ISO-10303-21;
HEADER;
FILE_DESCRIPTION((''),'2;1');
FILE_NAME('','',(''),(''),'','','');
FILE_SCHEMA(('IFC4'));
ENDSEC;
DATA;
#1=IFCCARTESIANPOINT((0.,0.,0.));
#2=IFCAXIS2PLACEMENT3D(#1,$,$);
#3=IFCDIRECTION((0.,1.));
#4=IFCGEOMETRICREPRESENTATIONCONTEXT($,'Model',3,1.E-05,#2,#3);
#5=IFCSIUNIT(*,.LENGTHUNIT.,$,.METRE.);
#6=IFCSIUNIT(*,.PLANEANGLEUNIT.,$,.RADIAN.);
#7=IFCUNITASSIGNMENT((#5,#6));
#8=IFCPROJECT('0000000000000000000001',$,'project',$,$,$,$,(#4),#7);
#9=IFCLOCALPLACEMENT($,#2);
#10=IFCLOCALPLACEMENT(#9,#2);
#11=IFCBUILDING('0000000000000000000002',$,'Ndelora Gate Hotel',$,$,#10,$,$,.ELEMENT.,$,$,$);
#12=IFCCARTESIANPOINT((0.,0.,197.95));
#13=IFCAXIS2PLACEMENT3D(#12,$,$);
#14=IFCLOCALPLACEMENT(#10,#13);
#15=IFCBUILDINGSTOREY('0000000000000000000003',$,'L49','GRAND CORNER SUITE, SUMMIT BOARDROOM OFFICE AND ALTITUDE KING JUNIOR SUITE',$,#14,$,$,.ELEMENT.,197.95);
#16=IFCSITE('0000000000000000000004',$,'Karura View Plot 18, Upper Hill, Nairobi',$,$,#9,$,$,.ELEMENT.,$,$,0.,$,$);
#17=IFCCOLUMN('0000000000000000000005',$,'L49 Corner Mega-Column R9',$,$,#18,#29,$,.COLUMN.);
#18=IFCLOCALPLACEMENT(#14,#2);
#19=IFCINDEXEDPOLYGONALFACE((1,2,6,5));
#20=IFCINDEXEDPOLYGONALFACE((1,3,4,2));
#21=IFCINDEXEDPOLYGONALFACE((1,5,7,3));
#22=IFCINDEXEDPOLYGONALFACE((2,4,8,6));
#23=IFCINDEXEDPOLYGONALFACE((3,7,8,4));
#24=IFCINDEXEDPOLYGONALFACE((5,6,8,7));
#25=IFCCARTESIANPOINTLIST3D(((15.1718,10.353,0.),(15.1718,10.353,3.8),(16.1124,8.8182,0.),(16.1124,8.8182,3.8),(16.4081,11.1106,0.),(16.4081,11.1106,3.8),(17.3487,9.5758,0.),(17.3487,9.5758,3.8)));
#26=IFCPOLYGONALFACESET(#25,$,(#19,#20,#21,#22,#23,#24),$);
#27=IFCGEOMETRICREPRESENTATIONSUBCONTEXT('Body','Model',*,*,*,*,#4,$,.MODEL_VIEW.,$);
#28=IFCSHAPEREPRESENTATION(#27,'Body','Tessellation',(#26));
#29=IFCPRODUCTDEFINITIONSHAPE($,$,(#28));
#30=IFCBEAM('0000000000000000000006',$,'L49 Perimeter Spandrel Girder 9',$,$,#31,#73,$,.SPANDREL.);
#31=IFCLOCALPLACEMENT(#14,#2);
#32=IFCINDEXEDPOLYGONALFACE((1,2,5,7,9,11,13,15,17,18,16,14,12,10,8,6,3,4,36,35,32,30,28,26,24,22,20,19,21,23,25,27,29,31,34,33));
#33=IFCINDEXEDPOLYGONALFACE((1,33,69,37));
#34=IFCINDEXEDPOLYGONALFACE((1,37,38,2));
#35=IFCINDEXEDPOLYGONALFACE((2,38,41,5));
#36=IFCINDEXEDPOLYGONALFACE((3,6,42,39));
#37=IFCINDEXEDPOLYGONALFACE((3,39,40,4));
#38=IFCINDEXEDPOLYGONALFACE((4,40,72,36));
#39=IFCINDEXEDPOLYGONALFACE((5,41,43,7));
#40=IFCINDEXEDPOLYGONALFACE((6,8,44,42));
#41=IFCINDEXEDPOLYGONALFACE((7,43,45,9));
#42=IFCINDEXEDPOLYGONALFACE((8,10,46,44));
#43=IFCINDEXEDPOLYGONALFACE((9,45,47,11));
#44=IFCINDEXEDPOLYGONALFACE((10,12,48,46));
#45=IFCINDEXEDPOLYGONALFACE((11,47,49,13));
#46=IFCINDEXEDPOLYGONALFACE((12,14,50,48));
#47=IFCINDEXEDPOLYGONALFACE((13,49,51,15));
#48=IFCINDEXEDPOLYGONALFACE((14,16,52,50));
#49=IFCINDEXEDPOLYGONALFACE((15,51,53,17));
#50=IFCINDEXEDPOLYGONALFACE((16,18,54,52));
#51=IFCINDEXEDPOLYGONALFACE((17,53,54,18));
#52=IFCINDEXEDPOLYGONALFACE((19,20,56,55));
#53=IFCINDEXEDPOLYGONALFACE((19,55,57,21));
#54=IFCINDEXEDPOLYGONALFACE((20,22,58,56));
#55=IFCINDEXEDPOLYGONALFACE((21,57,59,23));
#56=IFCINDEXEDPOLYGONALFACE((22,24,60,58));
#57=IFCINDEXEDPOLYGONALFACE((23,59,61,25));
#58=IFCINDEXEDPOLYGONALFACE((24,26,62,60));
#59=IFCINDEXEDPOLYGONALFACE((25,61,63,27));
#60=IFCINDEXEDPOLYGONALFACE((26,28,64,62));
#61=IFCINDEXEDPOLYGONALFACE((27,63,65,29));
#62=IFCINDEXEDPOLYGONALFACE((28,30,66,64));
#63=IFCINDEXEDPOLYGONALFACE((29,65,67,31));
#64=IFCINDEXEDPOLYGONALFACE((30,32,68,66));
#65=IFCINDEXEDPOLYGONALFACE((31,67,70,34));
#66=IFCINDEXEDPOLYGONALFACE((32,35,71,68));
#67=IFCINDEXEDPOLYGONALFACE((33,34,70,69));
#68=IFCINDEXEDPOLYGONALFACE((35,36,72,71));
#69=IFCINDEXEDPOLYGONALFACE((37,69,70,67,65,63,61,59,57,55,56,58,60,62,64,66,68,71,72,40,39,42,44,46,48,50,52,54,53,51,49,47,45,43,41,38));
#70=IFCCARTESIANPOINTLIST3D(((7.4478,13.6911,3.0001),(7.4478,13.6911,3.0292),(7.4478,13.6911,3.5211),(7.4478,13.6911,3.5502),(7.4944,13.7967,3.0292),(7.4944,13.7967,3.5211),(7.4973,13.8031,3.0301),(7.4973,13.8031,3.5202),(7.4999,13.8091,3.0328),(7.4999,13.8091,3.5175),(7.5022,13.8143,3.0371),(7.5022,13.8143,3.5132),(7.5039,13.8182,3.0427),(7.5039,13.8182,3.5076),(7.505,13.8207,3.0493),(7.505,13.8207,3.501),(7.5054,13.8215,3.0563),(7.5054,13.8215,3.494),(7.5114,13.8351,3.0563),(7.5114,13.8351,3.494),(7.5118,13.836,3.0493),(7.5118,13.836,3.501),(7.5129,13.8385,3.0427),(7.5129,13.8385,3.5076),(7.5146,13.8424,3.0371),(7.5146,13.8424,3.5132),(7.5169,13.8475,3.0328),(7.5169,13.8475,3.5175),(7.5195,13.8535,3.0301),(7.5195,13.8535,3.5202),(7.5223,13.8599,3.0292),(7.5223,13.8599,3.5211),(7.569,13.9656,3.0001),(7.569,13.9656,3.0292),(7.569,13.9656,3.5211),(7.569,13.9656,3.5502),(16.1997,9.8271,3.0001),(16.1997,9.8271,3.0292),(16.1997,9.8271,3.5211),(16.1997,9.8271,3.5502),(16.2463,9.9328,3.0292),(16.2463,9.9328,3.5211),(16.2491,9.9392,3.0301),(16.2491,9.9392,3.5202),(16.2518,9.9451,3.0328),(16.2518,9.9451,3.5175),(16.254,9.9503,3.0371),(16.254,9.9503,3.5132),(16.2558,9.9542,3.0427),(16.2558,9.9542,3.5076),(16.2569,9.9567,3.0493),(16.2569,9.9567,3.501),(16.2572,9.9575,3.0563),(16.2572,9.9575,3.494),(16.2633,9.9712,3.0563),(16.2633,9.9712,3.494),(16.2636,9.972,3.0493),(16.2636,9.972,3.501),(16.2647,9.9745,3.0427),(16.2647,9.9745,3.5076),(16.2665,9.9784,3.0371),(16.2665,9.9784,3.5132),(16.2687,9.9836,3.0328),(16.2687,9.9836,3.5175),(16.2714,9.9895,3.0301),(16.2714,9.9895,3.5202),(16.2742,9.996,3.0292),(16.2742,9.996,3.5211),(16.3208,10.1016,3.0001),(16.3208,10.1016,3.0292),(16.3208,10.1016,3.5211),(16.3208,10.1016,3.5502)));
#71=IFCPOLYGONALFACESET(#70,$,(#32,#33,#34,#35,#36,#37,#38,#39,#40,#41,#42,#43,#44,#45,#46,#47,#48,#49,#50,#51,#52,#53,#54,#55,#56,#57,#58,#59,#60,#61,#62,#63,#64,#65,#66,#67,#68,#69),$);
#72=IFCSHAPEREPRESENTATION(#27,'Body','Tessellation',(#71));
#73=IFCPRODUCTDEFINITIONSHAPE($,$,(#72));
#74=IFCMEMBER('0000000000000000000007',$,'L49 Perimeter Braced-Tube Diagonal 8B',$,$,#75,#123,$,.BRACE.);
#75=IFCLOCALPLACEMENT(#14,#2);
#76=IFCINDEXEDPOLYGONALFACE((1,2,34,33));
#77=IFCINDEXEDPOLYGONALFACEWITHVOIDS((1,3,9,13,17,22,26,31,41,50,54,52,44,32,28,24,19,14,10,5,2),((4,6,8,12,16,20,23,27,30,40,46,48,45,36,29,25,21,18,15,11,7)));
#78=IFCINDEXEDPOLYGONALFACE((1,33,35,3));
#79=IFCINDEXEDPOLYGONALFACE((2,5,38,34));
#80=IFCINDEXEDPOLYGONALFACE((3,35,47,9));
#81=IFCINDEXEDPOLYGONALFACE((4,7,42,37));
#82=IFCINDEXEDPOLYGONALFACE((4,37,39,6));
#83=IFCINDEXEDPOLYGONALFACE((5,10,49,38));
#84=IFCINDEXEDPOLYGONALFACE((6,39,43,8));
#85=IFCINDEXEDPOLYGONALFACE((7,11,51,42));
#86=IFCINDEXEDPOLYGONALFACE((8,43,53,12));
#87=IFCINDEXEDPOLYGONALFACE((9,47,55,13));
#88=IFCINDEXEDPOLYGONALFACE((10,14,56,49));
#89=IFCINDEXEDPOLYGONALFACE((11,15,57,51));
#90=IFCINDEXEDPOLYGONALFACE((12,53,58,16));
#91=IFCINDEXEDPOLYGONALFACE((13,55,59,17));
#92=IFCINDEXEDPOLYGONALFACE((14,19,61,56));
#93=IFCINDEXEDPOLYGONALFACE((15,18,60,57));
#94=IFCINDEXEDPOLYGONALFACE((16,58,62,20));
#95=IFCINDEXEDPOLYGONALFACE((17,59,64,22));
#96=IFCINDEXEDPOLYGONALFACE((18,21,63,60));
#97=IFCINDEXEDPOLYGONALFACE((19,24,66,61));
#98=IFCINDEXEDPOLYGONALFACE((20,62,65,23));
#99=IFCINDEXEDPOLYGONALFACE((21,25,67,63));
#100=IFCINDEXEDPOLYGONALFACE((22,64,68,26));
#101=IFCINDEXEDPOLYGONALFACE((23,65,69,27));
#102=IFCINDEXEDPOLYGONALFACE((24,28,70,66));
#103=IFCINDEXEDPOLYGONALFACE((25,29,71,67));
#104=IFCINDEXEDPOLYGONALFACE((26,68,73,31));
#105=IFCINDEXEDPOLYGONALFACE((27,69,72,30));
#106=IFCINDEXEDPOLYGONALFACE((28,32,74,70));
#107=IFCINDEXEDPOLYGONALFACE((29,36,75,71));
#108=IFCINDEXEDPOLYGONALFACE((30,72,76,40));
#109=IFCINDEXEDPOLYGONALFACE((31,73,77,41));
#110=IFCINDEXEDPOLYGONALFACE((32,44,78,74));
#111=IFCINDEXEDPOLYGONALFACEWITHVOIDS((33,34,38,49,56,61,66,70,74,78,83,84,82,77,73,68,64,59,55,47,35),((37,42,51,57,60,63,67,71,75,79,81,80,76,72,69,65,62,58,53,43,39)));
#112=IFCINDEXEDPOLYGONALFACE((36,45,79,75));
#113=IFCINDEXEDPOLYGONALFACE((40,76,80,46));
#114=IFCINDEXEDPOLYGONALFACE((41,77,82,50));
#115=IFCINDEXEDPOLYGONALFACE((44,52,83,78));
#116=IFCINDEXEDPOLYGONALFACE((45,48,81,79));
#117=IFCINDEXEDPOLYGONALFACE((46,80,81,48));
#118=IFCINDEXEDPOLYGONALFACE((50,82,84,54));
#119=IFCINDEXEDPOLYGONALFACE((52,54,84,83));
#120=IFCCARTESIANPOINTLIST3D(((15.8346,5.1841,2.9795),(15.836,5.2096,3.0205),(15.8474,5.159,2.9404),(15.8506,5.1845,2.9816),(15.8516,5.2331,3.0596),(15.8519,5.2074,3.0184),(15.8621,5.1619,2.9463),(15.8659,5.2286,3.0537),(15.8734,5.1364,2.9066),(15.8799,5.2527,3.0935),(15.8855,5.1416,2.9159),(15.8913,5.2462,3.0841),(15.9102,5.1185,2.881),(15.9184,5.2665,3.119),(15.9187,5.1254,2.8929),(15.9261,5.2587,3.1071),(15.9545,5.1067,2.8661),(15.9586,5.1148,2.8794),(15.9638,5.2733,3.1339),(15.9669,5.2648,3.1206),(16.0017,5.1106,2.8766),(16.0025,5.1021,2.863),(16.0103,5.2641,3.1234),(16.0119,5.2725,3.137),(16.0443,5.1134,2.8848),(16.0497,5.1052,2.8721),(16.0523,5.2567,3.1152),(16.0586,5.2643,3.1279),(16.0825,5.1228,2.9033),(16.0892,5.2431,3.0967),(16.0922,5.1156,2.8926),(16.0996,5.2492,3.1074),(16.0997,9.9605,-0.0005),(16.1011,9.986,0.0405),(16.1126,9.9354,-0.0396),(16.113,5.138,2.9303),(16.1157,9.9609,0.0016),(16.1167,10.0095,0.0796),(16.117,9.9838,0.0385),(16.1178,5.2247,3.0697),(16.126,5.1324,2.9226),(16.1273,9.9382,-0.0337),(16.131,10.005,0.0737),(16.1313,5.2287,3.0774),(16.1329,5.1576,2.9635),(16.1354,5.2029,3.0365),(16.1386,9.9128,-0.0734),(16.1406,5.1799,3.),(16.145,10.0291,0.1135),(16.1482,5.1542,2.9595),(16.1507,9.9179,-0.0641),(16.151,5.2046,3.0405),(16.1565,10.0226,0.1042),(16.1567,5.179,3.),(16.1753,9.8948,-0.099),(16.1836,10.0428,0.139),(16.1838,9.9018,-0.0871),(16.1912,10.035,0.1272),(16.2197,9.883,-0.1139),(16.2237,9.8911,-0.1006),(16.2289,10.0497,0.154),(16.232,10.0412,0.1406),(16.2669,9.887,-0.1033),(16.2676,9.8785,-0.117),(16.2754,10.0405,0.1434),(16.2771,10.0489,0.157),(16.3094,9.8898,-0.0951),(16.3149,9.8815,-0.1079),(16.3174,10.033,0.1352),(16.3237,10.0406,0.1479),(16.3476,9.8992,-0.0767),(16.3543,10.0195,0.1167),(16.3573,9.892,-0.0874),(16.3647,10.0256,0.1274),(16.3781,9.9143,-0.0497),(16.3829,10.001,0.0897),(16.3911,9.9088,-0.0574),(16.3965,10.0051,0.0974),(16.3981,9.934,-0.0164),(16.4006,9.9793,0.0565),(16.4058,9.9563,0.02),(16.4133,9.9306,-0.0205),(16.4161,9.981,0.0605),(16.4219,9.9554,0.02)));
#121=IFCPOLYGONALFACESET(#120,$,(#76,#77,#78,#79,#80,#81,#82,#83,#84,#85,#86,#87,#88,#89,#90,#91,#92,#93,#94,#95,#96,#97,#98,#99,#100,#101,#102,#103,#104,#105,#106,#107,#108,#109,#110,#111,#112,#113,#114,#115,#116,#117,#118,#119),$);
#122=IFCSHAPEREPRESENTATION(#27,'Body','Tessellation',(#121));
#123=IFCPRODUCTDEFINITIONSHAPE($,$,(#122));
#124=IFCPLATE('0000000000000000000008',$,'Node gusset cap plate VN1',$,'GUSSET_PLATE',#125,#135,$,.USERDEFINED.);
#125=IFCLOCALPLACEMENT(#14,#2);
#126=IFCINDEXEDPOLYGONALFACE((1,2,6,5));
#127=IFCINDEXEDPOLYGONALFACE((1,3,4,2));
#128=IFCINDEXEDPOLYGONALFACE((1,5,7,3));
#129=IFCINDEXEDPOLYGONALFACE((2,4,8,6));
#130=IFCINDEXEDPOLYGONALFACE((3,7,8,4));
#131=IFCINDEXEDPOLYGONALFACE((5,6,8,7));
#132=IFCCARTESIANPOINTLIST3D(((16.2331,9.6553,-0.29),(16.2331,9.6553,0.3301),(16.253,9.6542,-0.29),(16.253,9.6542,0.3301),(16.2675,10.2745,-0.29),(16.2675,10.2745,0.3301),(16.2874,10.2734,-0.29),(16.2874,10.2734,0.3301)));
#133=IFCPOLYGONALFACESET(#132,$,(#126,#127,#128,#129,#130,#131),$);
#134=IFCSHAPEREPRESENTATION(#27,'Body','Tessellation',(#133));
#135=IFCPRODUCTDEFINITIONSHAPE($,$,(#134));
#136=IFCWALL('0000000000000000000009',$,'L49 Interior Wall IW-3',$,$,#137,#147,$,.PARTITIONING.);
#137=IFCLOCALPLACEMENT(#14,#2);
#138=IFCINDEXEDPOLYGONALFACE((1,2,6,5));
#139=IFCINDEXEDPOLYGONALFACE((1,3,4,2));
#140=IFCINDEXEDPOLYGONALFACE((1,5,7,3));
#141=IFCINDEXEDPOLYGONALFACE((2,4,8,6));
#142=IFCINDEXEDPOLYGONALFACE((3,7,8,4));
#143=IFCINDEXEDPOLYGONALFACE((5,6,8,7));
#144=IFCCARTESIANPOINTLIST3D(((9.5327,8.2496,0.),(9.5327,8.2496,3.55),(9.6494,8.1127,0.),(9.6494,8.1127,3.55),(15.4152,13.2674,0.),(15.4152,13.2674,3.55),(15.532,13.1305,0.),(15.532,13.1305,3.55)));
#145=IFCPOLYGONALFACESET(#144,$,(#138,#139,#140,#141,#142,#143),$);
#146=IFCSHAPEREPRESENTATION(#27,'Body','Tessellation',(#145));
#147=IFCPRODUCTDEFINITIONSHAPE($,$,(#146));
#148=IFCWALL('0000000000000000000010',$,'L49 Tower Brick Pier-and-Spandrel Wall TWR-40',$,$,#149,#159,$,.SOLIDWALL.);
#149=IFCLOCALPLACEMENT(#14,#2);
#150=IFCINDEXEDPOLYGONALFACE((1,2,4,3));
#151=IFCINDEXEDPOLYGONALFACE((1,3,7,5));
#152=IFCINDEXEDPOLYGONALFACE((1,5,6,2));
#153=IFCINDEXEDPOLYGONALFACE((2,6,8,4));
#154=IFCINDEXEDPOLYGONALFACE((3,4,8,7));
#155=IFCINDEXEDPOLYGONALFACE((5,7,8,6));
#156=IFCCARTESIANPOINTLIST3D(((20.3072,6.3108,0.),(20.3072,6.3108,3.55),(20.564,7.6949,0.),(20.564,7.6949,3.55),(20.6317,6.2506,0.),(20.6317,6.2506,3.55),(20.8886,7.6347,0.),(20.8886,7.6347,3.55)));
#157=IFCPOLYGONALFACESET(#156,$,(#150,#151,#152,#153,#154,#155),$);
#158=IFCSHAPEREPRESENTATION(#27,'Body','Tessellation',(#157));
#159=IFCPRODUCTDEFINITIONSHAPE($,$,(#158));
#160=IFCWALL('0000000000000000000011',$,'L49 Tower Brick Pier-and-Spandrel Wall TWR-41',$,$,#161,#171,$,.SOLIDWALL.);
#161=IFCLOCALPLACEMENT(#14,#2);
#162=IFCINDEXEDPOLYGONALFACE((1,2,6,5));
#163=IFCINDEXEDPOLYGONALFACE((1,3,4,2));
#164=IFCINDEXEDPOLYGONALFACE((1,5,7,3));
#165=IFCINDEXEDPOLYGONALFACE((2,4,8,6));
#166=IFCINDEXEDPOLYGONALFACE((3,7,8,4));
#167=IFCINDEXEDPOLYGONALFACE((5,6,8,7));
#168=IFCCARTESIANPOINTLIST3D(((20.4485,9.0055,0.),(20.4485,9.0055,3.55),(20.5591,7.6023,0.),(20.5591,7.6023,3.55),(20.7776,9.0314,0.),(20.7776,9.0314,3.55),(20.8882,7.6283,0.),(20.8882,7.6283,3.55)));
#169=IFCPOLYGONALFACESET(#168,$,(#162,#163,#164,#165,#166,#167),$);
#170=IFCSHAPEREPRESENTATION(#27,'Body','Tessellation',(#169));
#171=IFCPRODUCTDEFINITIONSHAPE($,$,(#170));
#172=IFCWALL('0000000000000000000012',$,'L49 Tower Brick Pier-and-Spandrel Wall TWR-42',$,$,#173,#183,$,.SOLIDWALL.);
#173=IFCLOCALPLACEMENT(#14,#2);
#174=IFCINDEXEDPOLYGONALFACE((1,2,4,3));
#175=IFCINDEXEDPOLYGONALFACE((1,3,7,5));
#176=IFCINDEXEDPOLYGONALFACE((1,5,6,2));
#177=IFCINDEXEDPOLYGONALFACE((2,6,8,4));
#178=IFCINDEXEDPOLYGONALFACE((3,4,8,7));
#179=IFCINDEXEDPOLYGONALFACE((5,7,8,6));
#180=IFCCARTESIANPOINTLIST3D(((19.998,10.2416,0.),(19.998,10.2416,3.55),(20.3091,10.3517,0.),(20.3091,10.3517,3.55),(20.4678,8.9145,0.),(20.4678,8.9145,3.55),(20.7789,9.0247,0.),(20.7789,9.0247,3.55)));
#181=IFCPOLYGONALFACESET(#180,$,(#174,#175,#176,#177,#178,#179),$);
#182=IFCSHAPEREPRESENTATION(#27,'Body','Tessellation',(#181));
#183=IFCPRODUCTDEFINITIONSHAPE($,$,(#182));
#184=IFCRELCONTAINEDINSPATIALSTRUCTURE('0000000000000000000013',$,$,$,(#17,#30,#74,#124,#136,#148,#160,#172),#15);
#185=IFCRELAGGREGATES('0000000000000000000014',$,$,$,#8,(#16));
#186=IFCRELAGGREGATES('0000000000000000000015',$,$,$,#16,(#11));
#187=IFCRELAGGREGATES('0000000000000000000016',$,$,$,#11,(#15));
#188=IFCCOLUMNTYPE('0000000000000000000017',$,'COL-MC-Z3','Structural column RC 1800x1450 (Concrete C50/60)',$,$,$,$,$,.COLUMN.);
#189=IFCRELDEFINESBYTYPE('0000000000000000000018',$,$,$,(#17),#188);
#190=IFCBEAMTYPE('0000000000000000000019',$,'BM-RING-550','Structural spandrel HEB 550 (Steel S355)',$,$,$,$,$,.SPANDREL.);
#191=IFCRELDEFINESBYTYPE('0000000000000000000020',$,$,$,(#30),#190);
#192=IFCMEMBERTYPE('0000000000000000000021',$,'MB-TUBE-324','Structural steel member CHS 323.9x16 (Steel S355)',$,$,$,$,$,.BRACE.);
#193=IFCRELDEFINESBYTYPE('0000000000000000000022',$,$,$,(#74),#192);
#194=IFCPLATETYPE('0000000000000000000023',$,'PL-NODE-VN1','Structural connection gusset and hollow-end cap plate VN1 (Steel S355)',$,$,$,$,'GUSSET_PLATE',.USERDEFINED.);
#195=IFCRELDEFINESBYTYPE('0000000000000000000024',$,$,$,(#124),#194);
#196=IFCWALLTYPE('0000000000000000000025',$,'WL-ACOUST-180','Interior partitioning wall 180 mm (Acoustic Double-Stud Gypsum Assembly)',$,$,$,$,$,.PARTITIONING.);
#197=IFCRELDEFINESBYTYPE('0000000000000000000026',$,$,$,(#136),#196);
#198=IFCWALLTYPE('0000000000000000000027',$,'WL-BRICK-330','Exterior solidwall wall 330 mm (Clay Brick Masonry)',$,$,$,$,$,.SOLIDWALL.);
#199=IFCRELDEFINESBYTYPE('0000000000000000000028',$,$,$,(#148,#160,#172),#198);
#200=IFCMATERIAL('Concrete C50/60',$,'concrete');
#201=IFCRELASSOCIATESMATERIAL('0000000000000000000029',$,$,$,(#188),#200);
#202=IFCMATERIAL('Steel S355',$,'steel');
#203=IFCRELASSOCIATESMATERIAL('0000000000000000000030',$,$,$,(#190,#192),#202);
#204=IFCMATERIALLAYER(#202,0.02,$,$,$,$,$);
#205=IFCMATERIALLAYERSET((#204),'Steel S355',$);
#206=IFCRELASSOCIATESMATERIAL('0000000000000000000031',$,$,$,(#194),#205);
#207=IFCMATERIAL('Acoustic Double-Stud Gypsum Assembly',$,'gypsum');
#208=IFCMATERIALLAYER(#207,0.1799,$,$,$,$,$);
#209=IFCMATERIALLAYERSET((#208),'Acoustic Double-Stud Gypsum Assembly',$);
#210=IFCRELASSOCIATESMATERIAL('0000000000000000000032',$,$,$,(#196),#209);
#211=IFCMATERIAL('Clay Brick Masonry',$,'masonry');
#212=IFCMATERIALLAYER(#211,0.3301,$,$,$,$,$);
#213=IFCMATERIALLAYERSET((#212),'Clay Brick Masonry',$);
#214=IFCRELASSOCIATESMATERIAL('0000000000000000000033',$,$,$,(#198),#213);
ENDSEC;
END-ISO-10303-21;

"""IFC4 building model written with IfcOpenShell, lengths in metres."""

from ifc_helpers import new_model, si_unit, direction, frame, frame_2d, origin, origin_2d, place, context, subcontext, project, spatial, rectangle, hollow_circle, i_section, extrude, material, layer, layer_set, material_profile, profile_set, type_object, element, save


model = new_model("IFC4")

# Units and contexts
model_context = context("Model", 3, precision=1e-05, world=origin(), true_north=direction((0.0, 1.0)))
body_context = subcontext(model_context, "Body", "Model", "MODEL_VIEW")
ifc_project = project(units=[si_unit("LENGTHUNIT", "METRE"), si_unit("PLANEANGLEUNIT", "RADIAN")], contexts=[model_context])

# Site, building, storey
site_placement = place(None, origin())
site = spatial("IfcSite", under=ifc_project, at=site_placement, Name="Karura View Plot 18, Upper Hill, Nairobi", CompositionType="ELEMENT", RefElevation=0.0)
building_placement = place(site_placement, origin())
building = spatial("IfcBuilding", under=site, at=building_placement, Name="Ndelora Gate Hotel", CompositionType="ELEMENT")
storey_placement = place(building_placement, frame((0.0, 0.0, 197.95)))
storey = spatial("IfcBuildingStorey", under=building, at=storey_placement, Name="L49", Description="GRAND CORNER SUITE, SUMMIT BOARDROOM OFFICE AND ALTITUDE KING JUNIOR SUITE", CompositionType="ELEMENT", Elevation=197.95)

# Column
ifc_material_1 = material(Name="Concrete C50/60", Category="concrete")
ifc_material_profile_1 = material_profile(ifc_material_1, rectangle(XDim=1.45, YDim=1.8, at=origin_2d()), Name="RC 1800x1450")
ifc_profile_set_1 = profile_set([ifc_material_profile_1], Name="Concrete C50/60")
column_type = type_object("IfcColumnType", Name="COL-MC-Z3", Description="Structural column RC 1800x1450 (Concrete C50/60)", PredefinedType="COLUMN", material=ifc_profile_set_1)
column_placement = place(storey_placement, frame((16.2603, 9.9644, 0.0), z_axis=(0.0, 0.0, 1.0), x_axis=(0.85264, 0.522499, 0.0)))
element("IfcColumn", 1, at=column_placement, inside=storey, type_object=column_type, Name="L49 Corner Mega-Column R9", PredefinedType="COLUMN", context=body_context, shape_type="SweptSolid", body=[
    extrude(rectangle(XDim=1.45, YDim=1.8, at=origin_2d()), origin(), (0.0, 0.0, 1.0), 3.8),
])

# Beam
ifc_material_2 = material(Name="Steel S355", Category="steel")
ifc_material_profile_2 = material_profile(ifc_material_2, i_section(OverallWidth=0.3, OverallDepth=0.55, WebThickness=0.0149, FlangeThickness=0.0291, FilletRadius=0.0271, at=origin_2d()), Name="HEB 550")
ifc_profile_set_2 = profile_set([ifc_material_profile_2], Name="Steel S355")
beam_type = type_object("IfcBeamType", Name="BM-RING-550", Description="Structural spandrel HEB 550 (Steel S355)", PredefinedType="SPANDREL", material=ifc_profile_set_2)
beam_placement = place(storey_placement, frame((16.2603, 9.9644, 3.2751), z_axis=(-0.914807, 0.40389, 0.0), x_axis=(-0.40389, -0.914807, 0.0)))
element("IfcBeam", 2, at=beam_placement, inside=storey, type_object=beam_type, Name="L49 Perimeter Spandrel Girder 9", PredefinedType="SPANDREL", context=body_context, shape_type="SweptSolid", body=[
    extrude(i_section(OverallWidth=0.3, OverallDepth=0.55, WebThickness=0.0149, FlangeThickness=0.0291, FilletRadius=0.0271, at=origin_2d()), origin(), (0.0, 0.0, 1.0), 9.5669),
])

# Member
ifc_material_profile_3 = material_profile(ifc_material_2, hollow_circle(Radius=0.1619, WallThickness=0.0161, at=origin_2d()), Name="CHS 323.9x16")
ifc_profile_set_3 = profile_set([ifc_material_profile_3], Name="Steel S355")
member_type = type_object("IfcMemberType", Name="MB-TUBE-324", Description="Structural steel member CHS 323.9x16 (Steel S355)", PredefinedType="BRACE", material=ifc_profile_set_3)
member_placement = place(storey_placement, frame((16.2603, 9.9644, 0.02), z_axis=(-0.047044, -0.847478, 0.528742), x_axis=(0.998463, -0.055425, 0.0)))
element("IfcMember", 3, at=member_placement, inside=storey, type_object=member_type, Name="L49 Perimeter Braced-Tube Diagonal 8B", PredefinedType="BRACE", context=body_context, shape_type="SweptSolid", body=[
    extrude(hollow_circle(Radius=0.1619, WallThickness=0.0161, at=origin_2d()), origin(), (0.0, 0.0, 1.0), 5.636),
])

# Plate
ifc_layer_1 = layer(ifc_material_2, 0.02)
ifc_layer_set_1 = layer_set([ifc_layer_1], Name="Steel S355")
plate_type = type_object("IfcPlateType", Name="PL-NODE-VN1", Description="Structural connection gusset and hollow-end cap plate VN1 (Steel S355)", ElementType="GUSSET_PLATE", PredefinedType="USERDEFINED", material=ifc_layer_set_1)
plate_placement = place(storey_placement, frame((16.2603, 9.9644, -0.29), z_axis=(0.0, 0.0, 1.0), x_axis=(0.055473, 0.99846, 0.0)))
element("IfcPlate", 4, at=plate_placement, inside=storey, type_object=plate_type, Name="Node gusset cap plate VN1", ObjectType="GUSSET_PLATE", PredefinedType="USERDEFINED", context=body_context, shape_type="SweptSolid", body=[
    extrude(rectangle(XDim=0.6201, YDim=0.02, at=origin_2d()), origin(), (0.0, 0.0, 1.0), 0.6201),
])

# Walls
ifc_material_3 = material(Name="Acoustic Double-Stud Gypsum Assembly", Category="gypsum")
ifc_layer_2 = layer(ifc_material_3, 0.1799)
ifc_layer_set_2 = layer_set([ifc_layer_2], Name="Acoustic Double-Stud Gypsum Assembly")
wall_type_1 = type_object("IfcWallType", Name="WL-ACOUST-180", Description="Interior partitioning wall 180 mm (Acoustic Double-Stud Gypsum Assembly)", PredefinedType="PARTITIONING", material=ifc_layer_set_2)
wall_1_placement = place(storey_placement, frame((9.5911, 8.1812, 0.0), z_axis=(0.0, 0.0, 1.0), x_axis=(0.760812, 0.648972, 0.0)))
element("IfcWall", 5, at=wall_1_placement, inside=storey, type_object=wall_type_1, Name="L49 Interior Wall IW-3", PredefinedType="PARTITIONING", context=body_context, shape_type="SweptSolid", body=[
    extrude(rectangle(XDim=7.7319, YDim=0.1799, at=frame_2d((3.866, 0.0))), origin(), (0.0, 0.0, 1.0), 3.55),
])
ifc_material_4 = material(Name="Clay Brick Masonry", Category="masonry")
ifc_layer_3 = layer(ifc_material_4, 0.3301)
ifc_layer_set_3 = layer_set([ifc_layer_3], Name="Clay Brick Masonry")
wall_type_2 = type_object("IfcWallType", Name="WL-BRICK-330", Description="Exterior solidwall wall 330 mm (Clay Brick Masonry)", PredefinedType="SOLIDWALL", material=ifc_layer_set_3)
wall_2_placement = place(storey_placement, frame((20.7263, 7.6648, 0.0), z_axis=(0.0, 0.0, 1.0), x_axis=(-0.182456, -0.983214, 0.0)))
element("IfcWall", 6, at=wall_2_placement, inside=storey, type_object=wall_type_2, Name="L49 Tower Brick Pier-and-Spandrel Wall TWR-40", PredefinedType="SOLIDWALL", context=body_context, shape_type="SweptSolid", body=[
    extrude(rectangle(XDim=1.4077, YDim=0.3301, at=frame_2d((0.7039, 0.0))), origin(), (0.0, 0.0, 1.0), 3.55),
])
wall_3_placement = place(storey_placement, frame((20.613, 9.0183, 0.0), z_axis=(0.0, 0.0, 1.0), x_axis=(0.07858, -0.996908, 0.0)))
element("IfcWall", 7, at=wall_3_placement, inside=storey, type_object=wall_type_2, Name="L49 Tower Brick Pier-and-Spandrel Wall TWR-41", PredefinedType="SOLIDWALL", context=body_context, shape_type="SweptSolid", body=[
    extrude(rectangle(XDim=1.4075, YDim=0.3301, at=frame_2d((0.7036, 0.0))), origin(), (0.0, 0.0, 1.0), 3.55),
])
wall_4_placement = place(storey_placement, frame((20.1536, 10.2966, 0.0), z_axis=(0.0, 0.0, 1.0), x_axis=(0.333709, -0.942676, 0.0)))
element("IfcWall", 8, at=wall_4_placement, inside=storey, type_object=wall_type_2, Name="L49 Tower Brick Pier-and-Spandrel Wall TWR-42", PredefinedType="SOLIDWALL", context=body_context, shape_type="SweptSolid", body=[
    extrude(rectangle(XDim=1.4077, YDim=0.3301, at=frame_2d((0.7039, 0.0))), origin(), (0.0, 0.0, 1.0), 3.55),
])

save(model, "model.ifc")
